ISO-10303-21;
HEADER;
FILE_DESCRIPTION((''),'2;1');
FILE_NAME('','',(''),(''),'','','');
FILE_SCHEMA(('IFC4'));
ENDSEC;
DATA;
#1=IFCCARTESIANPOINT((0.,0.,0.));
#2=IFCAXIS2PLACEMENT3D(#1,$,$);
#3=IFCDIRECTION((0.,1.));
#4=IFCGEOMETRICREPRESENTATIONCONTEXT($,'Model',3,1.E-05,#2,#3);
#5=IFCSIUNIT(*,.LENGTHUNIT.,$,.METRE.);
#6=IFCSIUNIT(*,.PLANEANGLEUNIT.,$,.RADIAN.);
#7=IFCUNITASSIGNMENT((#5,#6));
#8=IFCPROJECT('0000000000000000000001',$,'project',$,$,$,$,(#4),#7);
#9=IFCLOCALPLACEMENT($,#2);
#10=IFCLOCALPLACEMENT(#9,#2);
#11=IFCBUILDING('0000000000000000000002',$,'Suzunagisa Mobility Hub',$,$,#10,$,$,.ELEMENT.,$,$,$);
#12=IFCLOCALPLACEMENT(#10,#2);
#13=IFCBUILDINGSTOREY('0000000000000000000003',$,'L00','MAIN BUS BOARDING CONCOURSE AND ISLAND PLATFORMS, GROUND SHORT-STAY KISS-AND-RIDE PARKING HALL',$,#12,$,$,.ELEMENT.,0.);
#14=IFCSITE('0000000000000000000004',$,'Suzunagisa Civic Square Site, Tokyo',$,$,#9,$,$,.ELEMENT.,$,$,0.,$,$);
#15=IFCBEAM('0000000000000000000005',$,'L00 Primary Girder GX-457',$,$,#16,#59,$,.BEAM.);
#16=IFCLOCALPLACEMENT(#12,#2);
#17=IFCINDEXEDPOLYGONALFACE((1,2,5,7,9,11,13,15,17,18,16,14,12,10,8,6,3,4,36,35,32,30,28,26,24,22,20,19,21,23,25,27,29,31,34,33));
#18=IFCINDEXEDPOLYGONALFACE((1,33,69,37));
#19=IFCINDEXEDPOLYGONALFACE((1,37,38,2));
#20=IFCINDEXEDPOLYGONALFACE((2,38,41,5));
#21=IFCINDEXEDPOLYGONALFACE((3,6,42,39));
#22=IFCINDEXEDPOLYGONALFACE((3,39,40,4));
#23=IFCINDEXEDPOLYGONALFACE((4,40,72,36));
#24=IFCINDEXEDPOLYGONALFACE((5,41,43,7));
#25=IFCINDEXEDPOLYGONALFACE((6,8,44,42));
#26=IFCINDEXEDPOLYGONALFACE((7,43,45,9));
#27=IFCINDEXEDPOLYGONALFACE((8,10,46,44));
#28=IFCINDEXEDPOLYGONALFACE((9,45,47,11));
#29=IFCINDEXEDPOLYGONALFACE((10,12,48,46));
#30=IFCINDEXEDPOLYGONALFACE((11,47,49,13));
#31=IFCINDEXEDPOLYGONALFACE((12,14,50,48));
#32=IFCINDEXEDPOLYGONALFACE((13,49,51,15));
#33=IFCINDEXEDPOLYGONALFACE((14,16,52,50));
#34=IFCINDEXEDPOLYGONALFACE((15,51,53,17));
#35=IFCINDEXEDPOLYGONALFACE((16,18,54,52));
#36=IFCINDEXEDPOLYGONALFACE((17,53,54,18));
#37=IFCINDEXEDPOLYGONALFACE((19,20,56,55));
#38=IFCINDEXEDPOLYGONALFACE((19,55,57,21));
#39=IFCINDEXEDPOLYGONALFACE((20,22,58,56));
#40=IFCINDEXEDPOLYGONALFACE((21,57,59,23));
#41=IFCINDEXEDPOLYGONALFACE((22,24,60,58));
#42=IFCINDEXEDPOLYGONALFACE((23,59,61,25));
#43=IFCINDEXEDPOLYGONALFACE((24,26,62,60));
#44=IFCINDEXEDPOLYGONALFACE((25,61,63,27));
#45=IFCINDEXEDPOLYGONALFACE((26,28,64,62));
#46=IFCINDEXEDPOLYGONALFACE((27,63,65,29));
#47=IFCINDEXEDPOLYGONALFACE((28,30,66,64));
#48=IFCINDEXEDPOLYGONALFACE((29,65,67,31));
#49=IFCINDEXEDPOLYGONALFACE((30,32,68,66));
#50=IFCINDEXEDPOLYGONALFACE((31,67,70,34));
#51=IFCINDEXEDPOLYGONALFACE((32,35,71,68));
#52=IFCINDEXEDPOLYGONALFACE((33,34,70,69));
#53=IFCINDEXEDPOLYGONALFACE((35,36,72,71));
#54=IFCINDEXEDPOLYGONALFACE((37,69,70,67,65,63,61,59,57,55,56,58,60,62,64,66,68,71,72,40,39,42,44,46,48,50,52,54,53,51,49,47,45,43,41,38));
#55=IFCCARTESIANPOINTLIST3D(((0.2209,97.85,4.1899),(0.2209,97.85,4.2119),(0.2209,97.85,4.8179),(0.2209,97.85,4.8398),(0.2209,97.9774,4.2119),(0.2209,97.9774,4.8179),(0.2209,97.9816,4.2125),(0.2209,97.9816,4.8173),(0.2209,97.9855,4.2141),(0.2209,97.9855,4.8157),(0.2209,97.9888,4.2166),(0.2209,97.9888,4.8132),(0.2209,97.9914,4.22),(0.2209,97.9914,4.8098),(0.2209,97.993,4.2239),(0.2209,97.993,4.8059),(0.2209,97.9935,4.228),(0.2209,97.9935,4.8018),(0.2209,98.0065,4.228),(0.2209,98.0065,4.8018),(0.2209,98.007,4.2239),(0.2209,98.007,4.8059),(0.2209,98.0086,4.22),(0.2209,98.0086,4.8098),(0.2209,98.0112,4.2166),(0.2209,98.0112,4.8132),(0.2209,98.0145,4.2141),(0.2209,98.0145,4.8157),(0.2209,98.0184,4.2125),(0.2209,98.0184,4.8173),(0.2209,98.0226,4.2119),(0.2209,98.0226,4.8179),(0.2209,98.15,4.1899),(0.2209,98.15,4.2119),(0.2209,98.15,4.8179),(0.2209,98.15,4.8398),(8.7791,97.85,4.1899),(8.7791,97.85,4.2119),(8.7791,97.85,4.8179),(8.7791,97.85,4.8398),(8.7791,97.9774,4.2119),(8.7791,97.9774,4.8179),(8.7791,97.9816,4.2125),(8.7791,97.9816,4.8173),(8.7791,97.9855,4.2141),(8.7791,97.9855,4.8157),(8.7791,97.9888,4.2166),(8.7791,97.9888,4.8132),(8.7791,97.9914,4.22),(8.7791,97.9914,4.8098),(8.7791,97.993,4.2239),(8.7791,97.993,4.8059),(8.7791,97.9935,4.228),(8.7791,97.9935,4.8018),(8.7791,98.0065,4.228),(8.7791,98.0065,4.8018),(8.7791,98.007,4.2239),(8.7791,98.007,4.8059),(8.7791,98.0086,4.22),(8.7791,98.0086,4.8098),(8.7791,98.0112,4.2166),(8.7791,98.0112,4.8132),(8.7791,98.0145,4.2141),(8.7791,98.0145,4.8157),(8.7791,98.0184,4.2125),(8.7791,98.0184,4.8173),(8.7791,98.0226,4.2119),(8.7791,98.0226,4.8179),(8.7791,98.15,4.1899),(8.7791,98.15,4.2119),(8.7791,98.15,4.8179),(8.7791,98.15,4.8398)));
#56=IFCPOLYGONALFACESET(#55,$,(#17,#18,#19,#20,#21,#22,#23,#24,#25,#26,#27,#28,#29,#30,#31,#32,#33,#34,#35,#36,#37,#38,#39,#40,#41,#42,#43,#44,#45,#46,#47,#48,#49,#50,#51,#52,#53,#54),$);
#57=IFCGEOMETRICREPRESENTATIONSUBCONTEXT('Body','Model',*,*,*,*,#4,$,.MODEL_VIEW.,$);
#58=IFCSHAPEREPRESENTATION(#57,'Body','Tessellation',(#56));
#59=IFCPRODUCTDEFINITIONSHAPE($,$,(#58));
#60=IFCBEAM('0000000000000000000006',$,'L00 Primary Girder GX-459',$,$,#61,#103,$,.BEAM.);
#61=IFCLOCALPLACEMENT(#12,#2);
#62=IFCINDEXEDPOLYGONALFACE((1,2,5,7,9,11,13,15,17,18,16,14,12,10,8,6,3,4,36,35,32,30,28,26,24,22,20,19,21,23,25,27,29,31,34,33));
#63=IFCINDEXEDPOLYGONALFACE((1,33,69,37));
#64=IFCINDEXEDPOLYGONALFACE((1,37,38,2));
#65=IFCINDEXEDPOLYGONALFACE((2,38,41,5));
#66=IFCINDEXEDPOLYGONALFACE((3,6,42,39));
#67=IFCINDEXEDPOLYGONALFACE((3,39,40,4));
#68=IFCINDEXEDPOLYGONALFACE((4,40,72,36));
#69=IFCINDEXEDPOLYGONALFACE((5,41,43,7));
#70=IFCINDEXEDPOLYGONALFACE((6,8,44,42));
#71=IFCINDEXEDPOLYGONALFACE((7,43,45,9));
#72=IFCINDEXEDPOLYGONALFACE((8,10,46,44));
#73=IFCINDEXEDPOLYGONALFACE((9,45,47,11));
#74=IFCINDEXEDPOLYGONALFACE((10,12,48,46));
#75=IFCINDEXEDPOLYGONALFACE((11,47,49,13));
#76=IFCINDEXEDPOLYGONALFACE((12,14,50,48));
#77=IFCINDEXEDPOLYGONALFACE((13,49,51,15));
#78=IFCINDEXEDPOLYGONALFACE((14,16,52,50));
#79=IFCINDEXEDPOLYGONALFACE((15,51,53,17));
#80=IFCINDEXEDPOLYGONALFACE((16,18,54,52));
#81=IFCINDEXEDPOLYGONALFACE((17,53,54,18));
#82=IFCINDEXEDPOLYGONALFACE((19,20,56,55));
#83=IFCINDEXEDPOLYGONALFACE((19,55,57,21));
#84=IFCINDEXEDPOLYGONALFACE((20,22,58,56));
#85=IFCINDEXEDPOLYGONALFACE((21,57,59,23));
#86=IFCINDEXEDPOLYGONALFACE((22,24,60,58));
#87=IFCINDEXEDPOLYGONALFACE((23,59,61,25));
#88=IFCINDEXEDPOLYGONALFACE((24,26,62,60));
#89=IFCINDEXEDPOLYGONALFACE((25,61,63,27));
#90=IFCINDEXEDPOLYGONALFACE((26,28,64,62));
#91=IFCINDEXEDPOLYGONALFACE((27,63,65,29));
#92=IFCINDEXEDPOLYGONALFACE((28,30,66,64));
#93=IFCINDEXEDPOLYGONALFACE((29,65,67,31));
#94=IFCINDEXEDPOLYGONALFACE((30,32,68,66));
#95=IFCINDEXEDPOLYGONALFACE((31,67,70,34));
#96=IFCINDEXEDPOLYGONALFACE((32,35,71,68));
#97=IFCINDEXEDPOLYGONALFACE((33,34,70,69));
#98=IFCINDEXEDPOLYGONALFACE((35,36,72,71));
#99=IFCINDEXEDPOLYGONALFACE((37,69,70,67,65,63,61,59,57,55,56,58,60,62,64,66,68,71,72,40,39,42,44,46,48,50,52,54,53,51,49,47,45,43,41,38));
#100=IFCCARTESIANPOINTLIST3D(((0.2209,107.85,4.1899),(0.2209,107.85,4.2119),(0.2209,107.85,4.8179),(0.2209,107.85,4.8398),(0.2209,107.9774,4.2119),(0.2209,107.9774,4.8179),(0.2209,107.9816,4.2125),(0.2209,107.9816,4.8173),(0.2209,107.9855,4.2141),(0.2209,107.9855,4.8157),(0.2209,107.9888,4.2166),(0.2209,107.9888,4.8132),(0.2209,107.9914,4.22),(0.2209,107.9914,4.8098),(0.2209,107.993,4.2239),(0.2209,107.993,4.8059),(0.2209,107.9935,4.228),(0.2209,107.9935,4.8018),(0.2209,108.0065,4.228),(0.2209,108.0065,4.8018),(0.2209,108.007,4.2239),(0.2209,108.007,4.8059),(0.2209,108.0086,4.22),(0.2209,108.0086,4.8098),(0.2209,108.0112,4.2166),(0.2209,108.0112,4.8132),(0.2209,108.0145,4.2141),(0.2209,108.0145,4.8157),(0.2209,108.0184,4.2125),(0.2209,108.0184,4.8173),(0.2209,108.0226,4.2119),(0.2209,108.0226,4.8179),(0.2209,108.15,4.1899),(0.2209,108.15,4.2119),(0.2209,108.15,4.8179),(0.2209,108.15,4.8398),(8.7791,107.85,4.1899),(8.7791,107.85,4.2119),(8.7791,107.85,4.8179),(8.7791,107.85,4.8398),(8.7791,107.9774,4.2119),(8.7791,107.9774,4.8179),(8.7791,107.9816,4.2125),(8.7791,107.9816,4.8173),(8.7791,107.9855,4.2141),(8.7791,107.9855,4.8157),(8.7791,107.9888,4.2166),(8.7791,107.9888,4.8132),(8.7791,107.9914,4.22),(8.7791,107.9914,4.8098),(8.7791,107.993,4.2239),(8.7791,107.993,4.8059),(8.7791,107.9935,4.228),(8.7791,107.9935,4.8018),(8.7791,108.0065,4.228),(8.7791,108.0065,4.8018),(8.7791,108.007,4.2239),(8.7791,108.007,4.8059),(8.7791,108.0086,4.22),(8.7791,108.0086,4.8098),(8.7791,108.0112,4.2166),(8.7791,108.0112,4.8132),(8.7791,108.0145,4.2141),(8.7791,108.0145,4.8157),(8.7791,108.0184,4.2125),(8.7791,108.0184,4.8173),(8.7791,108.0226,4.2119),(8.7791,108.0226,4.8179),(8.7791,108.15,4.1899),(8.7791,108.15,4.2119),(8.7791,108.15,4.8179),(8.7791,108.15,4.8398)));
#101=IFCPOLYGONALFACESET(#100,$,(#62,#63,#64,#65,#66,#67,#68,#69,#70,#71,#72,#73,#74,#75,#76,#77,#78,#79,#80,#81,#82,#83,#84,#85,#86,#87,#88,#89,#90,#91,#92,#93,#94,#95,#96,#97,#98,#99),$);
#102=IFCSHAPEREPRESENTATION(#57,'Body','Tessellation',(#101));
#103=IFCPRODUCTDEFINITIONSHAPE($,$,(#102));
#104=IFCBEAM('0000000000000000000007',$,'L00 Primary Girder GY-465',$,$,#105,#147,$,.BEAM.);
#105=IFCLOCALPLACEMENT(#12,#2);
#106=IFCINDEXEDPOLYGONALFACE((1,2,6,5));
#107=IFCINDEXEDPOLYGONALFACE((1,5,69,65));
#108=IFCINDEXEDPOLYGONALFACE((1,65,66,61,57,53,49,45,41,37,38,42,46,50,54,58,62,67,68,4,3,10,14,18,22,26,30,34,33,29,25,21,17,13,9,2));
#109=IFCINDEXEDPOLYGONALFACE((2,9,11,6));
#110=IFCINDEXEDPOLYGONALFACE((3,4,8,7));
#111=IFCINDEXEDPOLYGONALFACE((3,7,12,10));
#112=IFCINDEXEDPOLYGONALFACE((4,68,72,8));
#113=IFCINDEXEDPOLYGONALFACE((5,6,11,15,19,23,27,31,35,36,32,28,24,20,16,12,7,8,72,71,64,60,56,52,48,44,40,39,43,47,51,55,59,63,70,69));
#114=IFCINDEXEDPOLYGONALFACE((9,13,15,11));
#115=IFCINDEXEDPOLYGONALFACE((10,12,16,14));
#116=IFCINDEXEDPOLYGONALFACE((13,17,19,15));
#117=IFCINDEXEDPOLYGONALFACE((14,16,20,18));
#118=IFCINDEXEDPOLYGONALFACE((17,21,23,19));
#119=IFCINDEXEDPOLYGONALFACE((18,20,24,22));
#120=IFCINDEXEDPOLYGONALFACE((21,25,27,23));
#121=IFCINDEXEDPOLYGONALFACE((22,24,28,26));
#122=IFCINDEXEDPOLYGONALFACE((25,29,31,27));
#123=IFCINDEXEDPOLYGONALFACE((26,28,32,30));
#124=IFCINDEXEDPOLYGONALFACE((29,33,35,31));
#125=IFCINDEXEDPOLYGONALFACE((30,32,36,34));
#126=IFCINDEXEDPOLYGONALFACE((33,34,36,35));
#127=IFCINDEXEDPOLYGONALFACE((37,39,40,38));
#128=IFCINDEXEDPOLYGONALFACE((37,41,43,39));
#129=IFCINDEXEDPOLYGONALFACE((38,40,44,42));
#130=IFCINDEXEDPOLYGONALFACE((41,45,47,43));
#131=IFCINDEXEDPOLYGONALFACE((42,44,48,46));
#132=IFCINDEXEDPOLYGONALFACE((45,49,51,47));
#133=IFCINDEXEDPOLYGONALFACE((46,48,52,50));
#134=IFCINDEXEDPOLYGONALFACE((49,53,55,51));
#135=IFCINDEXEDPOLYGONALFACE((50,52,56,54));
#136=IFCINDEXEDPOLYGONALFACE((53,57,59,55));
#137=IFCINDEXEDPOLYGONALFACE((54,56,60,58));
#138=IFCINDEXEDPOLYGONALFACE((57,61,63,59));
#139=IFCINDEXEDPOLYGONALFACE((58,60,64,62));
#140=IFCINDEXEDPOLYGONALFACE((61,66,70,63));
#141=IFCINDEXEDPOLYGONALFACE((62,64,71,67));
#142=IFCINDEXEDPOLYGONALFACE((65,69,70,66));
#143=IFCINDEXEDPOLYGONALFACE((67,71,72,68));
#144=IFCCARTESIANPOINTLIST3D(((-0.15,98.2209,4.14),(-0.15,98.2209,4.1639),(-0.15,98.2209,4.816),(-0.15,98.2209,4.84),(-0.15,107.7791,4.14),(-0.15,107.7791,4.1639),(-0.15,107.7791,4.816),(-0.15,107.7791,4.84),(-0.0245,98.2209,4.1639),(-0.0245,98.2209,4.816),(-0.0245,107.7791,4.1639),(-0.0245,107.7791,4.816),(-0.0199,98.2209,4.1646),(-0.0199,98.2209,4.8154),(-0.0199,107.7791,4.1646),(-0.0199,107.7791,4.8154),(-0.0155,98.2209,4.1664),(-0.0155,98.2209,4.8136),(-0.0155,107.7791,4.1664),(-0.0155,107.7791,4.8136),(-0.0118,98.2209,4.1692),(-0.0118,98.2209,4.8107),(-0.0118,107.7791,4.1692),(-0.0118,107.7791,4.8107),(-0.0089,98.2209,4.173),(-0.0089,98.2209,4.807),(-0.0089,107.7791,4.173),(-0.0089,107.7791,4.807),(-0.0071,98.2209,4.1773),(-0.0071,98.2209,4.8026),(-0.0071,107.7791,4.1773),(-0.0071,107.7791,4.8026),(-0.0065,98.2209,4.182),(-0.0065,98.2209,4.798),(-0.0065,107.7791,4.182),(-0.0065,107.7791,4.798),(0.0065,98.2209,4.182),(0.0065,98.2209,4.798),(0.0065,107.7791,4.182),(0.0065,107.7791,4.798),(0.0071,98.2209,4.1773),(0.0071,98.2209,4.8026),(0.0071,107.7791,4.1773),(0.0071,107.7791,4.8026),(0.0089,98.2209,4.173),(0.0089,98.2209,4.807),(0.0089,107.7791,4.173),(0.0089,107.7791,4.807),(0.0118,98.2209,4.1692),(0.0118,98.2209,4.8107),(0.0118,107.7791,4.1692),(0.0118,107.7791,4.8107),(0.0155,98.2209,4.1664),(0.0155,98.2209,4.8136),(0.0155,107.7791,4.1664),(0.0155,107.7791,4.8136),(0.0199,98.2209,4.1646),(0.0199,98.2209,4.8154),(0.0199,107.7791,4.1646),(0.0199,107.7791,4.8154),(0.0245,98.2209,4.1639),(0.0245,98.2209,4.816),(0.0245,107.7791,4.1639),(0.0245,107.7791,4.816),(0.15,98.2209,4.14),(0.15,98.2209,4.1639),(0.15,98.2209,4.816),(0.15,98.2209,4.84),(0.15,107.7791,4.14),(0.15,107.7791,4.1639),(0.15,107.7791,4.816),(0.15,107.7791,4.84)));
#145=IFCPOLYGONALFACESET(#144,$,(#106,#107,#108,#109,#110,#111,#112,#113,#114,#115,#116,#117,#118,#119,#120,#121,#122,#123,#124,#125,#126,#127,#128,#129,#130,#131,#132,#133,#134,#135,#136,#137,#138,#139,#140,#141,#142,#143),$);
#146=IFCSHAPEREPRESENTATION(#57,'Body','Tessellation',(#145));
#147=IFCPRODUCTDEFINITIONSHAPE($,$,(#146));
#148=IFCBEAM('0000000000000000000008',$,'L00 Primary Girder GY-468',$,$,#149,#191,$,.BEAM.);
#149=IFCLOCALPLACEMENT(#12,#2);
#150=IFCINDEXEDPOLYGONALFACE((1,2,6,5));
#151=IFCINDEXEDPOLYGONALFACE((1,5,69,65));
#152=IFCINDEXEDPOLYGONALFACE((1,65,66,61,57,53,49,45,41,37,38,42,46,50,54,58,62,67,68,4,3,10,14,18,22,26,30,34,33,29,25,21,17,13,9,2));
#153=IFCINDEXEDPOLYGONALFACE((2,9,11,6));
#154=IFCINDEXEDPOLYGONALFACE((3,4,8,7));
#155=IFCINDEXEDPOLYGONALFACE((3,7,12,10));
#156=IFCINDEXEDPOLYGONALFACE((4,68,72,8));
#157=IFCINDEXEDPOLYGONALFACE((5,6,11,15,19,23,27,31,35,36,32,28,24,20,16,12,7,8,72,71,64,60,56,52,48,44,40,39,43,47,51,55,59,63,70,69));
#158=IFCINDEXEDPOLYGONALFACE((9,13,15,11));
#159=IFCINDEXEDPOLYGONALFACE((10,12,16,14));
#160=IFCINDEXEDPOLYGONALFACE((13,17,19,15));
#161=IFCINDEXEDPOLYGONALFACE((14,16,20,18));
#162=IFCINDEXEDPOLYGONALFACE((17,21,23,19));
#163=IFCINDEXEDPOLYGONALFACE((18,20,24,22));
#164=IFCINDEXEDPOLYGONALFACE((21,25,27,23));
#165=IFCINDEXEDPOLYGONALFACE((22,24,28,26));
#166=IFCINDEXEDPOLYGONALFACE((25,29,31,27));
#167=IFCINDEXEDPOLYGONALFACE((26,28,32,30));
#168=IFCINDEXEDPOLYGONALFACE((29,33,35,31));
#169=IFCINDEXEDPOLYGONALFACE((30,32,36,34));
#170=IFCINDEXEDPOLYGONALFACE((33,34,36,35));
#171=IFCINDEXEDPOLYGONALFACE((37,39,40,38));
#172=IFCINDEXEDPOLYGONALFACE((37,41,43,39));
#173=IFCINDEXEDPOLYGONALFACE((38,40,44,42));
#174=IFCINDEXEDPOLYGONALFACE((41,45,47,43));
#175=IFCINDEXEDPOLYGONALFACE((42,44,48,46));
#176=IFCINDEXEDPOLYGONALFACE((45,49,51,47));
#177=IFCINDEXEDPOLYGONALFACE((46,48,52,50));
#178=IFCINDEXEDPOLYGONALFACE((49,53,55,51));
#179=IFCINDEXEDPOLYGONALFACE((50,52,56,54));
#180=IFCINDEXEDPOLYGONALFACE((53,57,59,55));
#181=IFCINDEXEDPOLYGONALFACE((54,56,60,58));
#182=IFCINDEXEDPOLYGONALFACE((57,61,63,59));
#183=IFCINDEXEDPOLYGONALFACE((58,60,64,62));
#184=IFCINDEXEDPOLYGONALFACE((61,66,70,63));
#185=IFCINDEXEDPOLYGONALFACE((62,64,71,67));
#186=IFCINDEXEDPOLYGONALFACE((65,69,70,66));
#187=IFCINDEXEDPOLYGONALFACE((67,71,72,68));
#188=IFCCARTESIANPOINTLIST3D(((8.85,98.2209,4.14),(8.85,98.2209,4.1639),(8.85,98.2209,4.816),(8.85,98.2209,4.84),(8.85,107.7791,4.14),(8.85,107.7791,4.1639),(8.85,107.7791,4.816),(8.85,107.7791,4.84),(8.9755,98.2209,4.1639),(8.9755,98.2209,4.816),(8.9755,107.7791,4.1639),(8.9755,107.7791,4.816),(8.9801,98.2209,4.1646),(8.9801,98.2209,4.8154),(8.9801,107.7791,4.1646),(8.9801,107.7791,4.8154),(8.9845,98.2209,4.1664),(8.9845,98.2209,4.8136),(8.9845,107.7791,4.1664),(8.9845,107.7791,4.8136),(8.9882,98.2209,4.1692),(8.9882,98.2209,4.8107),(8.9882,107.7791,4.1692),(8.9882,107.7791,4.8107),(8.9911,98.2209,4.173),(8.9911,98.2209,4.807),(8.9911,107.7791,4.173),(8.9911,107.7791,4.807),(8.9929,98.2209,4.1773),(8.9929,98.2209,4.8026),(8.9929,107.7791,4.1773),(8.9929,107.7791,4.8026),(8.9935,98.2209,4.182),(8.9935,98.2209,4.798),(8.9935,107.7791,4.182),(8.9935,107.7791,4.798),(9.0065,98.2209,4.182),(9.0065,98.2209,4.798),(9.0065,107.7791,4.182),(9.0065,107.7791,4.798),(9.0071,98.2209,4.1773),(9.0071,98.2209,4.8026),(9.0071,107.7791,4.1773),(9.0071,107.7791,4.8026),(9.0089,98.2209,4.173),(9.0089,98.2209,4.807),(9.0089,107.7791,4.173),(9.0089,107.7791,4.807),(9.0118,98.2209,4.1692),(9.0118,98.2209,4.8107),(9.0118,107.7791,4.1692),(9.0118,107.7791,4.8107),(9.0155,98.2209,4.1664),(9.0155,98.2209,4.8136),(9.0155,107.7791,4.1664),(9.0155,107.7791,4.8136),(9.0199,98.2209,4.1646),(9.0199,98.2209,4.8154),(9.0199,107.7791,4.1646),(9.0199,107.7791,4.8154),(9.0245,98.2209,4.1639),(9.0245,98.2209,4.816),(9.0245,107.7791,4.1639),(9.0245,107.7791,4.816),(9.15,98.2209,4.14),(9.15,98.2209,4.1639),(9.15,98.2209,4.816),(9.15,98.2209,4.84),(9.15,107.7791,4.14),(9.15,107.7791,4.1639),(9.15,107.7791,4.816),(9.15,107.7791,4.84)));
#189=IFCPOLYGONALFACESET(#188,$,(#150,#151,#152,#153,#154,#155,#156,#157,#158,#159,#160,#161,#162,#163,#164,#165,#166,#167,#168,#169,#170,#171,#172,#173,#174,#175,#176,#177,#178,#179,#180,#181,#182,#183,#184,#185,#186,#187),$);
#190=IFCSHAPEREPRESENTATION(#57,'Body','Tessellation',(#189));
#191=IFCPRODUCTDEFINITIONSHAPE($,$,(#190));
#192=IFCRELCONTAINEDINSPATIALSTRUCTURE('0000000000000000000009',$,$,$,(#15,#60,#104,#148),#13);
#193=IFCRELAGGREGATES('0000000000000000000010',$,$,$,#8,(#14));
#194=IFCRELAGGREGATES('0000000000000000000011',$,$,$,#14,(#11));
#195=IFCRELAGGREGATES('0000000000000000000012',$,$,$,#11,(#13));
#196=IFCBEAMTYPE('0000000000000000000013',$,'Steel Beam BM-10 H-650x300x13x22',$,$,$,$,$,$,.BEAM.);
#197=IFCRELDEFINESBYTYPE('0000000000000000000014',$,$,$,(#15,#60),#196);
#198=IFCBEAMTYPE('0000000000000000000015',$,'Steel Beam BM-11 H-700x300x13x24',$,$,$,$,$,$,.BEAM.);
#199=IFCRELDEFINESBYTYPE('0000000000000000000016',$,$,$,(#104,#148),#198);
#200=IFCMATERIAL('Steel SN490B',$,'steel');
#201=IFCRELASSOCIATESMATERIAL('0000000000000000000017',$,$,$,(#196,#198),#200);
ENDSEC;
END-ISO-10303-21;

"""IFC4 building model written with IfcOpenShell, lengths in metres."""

from ifc_helpers import new_model, si_unit, direction, frame, origin, origin_2d, place, context, subcontext, project, spatial, i_section, extrude, material, material_profile, profile_set, type_object, element, save


model = new_model("IFC4")

# Units and contexts
model_context = context("Model", 3, precision=1e-05, world=origin(), true_north=direction((0.0, 1.0)))
body_context = subcontext(model_context, "Body", "Model", "MODEL_VIEW")
ifc_project = project(units=[si_unit("LENGTHUNIT", "METRE"), si_unit("PLANEANGLEUNIT", "RADIAN")], contexts=[model_context])

# Site, building, storey
site_placement = place(None, origin())
site = spatial("IfcSite", under=ifc_project, at=site_placement, Name="Suzunagisa Civic Square Site, Tokyo", CompositionType="ELEMENT", RefElevation=0.0)
building_placement = place(site_placement, origin())
building = spatial("IfcBuilding", under=site, at=building_placement, Name="Suzunagisa Mobility Hub", CompositionType="ELEMENT")
storey_placement = place(building_placement, origin())
storey = spatial("IfcBuildingStorey", under=building, at=storey_placement, Name="L00", Description="MAIN BUS BOARDING CONCOURSE AND ISLAND PLATFORMS, GROUND SHORT-STAY KISS-AND-RIDE PARKING HALL", CompositionType="ELEMENT", Elevation=0.0)

# Shared definitions
ifc_material_1 = material(Name="Steel SN490B", Category="steel")

# Beams
ifc_material_profile_1 = material_profile(ifc_material_1, i_section(OverallWidth=0.3, OverallDepth=0.6499, WebThickness=0.0129, FlangeThickness=0.022, FilletRadius=0.0161, at=origin_2d()), Name="H-650x300x13x22")
ifc_profile_set_1 = profile_set([ifc_material_profile_1], Name="Steel SN490B")
beam_type_1 = type_object("IfcBeamType", Name="Steel Beam BM-10 H-650x300x13x22", PredefinedType="BEAM", material=ifc_profile_set_1)
for number, where, z_axis, x_axis, name in (
    (1, (0.2209, 98.0, 4.5149), (1.0, 0.0, 0.0), (0.0, 1.0, 0.0), "L00 Primary Girder GX-457"),
    (2, (0.2209, 108.0, 4.5149), (1.0, 0.0, 0.0), (0.0, 1.0, 0.0), "L00 Primary Girder GX-459"),
):
    element("IfcBeam", number, at=place(storey_placement, frame(where, z_axis=z_axis, x_axis=x_axis)), inside=storey, type_object=beam_type_1, Name=name, PredefinedType="BEAM", context=body_context, shape_type="SweptSolid", body=[
        extrude(i_section(OverallWidth=0.3, OverallDepth=0.6499, WebThickness=0.0129, FlangeThickness=0.022, FilletRadius=0.0161, at=origin_2d()), origin(), (0.0, 0.0, 1.0), 8.5581),
    ])
ifc_material_profile_2 = material_profile(ifc_material_1, i_section(OverallWidth=0.3, OverallDepth=0.7, WebThickness=0.0129, FlangeThickness=0.0239, FilletRadius=0.0181, at=origin_2d()), Name="H-700x300x13x24")
ifc_profile_set_2 = profile_set([ifc_material_profile_2], Name="Steel SN490B")
beam_type_2 = type_object("IfcBeamType", Name="Steel Beam BM-11 H-700x300x13x24", PredefinedType="BEAM", material=ifc_profile_set_2)
for number, where, z_axis, x_axis, name in (
    (3, (0.0, 98.2209, 4.49), (0.0, 1.0, 0.0), (-1.0, 0.0, 0.0), "L00 Primary Girder GY-465"),
    (4, (9.0, 98.2209, 4.49), (0.0, 1.0, 0.0), (-1.0, 0.0, 0.0), "L00 Primary Girder GY-468"),
):
    element("IfcBeam", number, at=place(storey_placement, frame(where, z_axis=z_axis, x_axis=x_axis)), inside=storey, type_object=beam_type_2, Name=name, PredefinedType="BEAM", context=body_context, shape_type="SweptSolid", body=[
        extrude(i_section(OverallWidth=0.3, OverallDepth=0.7, WebThickness=0.0129, FlangeThickness=0.0239, FilletRadius=0.0181, at=origin_2d()), origin(), (0.0, 0.0, 1.0), 9.5581),
    ])

save(model, "model.ifc")
